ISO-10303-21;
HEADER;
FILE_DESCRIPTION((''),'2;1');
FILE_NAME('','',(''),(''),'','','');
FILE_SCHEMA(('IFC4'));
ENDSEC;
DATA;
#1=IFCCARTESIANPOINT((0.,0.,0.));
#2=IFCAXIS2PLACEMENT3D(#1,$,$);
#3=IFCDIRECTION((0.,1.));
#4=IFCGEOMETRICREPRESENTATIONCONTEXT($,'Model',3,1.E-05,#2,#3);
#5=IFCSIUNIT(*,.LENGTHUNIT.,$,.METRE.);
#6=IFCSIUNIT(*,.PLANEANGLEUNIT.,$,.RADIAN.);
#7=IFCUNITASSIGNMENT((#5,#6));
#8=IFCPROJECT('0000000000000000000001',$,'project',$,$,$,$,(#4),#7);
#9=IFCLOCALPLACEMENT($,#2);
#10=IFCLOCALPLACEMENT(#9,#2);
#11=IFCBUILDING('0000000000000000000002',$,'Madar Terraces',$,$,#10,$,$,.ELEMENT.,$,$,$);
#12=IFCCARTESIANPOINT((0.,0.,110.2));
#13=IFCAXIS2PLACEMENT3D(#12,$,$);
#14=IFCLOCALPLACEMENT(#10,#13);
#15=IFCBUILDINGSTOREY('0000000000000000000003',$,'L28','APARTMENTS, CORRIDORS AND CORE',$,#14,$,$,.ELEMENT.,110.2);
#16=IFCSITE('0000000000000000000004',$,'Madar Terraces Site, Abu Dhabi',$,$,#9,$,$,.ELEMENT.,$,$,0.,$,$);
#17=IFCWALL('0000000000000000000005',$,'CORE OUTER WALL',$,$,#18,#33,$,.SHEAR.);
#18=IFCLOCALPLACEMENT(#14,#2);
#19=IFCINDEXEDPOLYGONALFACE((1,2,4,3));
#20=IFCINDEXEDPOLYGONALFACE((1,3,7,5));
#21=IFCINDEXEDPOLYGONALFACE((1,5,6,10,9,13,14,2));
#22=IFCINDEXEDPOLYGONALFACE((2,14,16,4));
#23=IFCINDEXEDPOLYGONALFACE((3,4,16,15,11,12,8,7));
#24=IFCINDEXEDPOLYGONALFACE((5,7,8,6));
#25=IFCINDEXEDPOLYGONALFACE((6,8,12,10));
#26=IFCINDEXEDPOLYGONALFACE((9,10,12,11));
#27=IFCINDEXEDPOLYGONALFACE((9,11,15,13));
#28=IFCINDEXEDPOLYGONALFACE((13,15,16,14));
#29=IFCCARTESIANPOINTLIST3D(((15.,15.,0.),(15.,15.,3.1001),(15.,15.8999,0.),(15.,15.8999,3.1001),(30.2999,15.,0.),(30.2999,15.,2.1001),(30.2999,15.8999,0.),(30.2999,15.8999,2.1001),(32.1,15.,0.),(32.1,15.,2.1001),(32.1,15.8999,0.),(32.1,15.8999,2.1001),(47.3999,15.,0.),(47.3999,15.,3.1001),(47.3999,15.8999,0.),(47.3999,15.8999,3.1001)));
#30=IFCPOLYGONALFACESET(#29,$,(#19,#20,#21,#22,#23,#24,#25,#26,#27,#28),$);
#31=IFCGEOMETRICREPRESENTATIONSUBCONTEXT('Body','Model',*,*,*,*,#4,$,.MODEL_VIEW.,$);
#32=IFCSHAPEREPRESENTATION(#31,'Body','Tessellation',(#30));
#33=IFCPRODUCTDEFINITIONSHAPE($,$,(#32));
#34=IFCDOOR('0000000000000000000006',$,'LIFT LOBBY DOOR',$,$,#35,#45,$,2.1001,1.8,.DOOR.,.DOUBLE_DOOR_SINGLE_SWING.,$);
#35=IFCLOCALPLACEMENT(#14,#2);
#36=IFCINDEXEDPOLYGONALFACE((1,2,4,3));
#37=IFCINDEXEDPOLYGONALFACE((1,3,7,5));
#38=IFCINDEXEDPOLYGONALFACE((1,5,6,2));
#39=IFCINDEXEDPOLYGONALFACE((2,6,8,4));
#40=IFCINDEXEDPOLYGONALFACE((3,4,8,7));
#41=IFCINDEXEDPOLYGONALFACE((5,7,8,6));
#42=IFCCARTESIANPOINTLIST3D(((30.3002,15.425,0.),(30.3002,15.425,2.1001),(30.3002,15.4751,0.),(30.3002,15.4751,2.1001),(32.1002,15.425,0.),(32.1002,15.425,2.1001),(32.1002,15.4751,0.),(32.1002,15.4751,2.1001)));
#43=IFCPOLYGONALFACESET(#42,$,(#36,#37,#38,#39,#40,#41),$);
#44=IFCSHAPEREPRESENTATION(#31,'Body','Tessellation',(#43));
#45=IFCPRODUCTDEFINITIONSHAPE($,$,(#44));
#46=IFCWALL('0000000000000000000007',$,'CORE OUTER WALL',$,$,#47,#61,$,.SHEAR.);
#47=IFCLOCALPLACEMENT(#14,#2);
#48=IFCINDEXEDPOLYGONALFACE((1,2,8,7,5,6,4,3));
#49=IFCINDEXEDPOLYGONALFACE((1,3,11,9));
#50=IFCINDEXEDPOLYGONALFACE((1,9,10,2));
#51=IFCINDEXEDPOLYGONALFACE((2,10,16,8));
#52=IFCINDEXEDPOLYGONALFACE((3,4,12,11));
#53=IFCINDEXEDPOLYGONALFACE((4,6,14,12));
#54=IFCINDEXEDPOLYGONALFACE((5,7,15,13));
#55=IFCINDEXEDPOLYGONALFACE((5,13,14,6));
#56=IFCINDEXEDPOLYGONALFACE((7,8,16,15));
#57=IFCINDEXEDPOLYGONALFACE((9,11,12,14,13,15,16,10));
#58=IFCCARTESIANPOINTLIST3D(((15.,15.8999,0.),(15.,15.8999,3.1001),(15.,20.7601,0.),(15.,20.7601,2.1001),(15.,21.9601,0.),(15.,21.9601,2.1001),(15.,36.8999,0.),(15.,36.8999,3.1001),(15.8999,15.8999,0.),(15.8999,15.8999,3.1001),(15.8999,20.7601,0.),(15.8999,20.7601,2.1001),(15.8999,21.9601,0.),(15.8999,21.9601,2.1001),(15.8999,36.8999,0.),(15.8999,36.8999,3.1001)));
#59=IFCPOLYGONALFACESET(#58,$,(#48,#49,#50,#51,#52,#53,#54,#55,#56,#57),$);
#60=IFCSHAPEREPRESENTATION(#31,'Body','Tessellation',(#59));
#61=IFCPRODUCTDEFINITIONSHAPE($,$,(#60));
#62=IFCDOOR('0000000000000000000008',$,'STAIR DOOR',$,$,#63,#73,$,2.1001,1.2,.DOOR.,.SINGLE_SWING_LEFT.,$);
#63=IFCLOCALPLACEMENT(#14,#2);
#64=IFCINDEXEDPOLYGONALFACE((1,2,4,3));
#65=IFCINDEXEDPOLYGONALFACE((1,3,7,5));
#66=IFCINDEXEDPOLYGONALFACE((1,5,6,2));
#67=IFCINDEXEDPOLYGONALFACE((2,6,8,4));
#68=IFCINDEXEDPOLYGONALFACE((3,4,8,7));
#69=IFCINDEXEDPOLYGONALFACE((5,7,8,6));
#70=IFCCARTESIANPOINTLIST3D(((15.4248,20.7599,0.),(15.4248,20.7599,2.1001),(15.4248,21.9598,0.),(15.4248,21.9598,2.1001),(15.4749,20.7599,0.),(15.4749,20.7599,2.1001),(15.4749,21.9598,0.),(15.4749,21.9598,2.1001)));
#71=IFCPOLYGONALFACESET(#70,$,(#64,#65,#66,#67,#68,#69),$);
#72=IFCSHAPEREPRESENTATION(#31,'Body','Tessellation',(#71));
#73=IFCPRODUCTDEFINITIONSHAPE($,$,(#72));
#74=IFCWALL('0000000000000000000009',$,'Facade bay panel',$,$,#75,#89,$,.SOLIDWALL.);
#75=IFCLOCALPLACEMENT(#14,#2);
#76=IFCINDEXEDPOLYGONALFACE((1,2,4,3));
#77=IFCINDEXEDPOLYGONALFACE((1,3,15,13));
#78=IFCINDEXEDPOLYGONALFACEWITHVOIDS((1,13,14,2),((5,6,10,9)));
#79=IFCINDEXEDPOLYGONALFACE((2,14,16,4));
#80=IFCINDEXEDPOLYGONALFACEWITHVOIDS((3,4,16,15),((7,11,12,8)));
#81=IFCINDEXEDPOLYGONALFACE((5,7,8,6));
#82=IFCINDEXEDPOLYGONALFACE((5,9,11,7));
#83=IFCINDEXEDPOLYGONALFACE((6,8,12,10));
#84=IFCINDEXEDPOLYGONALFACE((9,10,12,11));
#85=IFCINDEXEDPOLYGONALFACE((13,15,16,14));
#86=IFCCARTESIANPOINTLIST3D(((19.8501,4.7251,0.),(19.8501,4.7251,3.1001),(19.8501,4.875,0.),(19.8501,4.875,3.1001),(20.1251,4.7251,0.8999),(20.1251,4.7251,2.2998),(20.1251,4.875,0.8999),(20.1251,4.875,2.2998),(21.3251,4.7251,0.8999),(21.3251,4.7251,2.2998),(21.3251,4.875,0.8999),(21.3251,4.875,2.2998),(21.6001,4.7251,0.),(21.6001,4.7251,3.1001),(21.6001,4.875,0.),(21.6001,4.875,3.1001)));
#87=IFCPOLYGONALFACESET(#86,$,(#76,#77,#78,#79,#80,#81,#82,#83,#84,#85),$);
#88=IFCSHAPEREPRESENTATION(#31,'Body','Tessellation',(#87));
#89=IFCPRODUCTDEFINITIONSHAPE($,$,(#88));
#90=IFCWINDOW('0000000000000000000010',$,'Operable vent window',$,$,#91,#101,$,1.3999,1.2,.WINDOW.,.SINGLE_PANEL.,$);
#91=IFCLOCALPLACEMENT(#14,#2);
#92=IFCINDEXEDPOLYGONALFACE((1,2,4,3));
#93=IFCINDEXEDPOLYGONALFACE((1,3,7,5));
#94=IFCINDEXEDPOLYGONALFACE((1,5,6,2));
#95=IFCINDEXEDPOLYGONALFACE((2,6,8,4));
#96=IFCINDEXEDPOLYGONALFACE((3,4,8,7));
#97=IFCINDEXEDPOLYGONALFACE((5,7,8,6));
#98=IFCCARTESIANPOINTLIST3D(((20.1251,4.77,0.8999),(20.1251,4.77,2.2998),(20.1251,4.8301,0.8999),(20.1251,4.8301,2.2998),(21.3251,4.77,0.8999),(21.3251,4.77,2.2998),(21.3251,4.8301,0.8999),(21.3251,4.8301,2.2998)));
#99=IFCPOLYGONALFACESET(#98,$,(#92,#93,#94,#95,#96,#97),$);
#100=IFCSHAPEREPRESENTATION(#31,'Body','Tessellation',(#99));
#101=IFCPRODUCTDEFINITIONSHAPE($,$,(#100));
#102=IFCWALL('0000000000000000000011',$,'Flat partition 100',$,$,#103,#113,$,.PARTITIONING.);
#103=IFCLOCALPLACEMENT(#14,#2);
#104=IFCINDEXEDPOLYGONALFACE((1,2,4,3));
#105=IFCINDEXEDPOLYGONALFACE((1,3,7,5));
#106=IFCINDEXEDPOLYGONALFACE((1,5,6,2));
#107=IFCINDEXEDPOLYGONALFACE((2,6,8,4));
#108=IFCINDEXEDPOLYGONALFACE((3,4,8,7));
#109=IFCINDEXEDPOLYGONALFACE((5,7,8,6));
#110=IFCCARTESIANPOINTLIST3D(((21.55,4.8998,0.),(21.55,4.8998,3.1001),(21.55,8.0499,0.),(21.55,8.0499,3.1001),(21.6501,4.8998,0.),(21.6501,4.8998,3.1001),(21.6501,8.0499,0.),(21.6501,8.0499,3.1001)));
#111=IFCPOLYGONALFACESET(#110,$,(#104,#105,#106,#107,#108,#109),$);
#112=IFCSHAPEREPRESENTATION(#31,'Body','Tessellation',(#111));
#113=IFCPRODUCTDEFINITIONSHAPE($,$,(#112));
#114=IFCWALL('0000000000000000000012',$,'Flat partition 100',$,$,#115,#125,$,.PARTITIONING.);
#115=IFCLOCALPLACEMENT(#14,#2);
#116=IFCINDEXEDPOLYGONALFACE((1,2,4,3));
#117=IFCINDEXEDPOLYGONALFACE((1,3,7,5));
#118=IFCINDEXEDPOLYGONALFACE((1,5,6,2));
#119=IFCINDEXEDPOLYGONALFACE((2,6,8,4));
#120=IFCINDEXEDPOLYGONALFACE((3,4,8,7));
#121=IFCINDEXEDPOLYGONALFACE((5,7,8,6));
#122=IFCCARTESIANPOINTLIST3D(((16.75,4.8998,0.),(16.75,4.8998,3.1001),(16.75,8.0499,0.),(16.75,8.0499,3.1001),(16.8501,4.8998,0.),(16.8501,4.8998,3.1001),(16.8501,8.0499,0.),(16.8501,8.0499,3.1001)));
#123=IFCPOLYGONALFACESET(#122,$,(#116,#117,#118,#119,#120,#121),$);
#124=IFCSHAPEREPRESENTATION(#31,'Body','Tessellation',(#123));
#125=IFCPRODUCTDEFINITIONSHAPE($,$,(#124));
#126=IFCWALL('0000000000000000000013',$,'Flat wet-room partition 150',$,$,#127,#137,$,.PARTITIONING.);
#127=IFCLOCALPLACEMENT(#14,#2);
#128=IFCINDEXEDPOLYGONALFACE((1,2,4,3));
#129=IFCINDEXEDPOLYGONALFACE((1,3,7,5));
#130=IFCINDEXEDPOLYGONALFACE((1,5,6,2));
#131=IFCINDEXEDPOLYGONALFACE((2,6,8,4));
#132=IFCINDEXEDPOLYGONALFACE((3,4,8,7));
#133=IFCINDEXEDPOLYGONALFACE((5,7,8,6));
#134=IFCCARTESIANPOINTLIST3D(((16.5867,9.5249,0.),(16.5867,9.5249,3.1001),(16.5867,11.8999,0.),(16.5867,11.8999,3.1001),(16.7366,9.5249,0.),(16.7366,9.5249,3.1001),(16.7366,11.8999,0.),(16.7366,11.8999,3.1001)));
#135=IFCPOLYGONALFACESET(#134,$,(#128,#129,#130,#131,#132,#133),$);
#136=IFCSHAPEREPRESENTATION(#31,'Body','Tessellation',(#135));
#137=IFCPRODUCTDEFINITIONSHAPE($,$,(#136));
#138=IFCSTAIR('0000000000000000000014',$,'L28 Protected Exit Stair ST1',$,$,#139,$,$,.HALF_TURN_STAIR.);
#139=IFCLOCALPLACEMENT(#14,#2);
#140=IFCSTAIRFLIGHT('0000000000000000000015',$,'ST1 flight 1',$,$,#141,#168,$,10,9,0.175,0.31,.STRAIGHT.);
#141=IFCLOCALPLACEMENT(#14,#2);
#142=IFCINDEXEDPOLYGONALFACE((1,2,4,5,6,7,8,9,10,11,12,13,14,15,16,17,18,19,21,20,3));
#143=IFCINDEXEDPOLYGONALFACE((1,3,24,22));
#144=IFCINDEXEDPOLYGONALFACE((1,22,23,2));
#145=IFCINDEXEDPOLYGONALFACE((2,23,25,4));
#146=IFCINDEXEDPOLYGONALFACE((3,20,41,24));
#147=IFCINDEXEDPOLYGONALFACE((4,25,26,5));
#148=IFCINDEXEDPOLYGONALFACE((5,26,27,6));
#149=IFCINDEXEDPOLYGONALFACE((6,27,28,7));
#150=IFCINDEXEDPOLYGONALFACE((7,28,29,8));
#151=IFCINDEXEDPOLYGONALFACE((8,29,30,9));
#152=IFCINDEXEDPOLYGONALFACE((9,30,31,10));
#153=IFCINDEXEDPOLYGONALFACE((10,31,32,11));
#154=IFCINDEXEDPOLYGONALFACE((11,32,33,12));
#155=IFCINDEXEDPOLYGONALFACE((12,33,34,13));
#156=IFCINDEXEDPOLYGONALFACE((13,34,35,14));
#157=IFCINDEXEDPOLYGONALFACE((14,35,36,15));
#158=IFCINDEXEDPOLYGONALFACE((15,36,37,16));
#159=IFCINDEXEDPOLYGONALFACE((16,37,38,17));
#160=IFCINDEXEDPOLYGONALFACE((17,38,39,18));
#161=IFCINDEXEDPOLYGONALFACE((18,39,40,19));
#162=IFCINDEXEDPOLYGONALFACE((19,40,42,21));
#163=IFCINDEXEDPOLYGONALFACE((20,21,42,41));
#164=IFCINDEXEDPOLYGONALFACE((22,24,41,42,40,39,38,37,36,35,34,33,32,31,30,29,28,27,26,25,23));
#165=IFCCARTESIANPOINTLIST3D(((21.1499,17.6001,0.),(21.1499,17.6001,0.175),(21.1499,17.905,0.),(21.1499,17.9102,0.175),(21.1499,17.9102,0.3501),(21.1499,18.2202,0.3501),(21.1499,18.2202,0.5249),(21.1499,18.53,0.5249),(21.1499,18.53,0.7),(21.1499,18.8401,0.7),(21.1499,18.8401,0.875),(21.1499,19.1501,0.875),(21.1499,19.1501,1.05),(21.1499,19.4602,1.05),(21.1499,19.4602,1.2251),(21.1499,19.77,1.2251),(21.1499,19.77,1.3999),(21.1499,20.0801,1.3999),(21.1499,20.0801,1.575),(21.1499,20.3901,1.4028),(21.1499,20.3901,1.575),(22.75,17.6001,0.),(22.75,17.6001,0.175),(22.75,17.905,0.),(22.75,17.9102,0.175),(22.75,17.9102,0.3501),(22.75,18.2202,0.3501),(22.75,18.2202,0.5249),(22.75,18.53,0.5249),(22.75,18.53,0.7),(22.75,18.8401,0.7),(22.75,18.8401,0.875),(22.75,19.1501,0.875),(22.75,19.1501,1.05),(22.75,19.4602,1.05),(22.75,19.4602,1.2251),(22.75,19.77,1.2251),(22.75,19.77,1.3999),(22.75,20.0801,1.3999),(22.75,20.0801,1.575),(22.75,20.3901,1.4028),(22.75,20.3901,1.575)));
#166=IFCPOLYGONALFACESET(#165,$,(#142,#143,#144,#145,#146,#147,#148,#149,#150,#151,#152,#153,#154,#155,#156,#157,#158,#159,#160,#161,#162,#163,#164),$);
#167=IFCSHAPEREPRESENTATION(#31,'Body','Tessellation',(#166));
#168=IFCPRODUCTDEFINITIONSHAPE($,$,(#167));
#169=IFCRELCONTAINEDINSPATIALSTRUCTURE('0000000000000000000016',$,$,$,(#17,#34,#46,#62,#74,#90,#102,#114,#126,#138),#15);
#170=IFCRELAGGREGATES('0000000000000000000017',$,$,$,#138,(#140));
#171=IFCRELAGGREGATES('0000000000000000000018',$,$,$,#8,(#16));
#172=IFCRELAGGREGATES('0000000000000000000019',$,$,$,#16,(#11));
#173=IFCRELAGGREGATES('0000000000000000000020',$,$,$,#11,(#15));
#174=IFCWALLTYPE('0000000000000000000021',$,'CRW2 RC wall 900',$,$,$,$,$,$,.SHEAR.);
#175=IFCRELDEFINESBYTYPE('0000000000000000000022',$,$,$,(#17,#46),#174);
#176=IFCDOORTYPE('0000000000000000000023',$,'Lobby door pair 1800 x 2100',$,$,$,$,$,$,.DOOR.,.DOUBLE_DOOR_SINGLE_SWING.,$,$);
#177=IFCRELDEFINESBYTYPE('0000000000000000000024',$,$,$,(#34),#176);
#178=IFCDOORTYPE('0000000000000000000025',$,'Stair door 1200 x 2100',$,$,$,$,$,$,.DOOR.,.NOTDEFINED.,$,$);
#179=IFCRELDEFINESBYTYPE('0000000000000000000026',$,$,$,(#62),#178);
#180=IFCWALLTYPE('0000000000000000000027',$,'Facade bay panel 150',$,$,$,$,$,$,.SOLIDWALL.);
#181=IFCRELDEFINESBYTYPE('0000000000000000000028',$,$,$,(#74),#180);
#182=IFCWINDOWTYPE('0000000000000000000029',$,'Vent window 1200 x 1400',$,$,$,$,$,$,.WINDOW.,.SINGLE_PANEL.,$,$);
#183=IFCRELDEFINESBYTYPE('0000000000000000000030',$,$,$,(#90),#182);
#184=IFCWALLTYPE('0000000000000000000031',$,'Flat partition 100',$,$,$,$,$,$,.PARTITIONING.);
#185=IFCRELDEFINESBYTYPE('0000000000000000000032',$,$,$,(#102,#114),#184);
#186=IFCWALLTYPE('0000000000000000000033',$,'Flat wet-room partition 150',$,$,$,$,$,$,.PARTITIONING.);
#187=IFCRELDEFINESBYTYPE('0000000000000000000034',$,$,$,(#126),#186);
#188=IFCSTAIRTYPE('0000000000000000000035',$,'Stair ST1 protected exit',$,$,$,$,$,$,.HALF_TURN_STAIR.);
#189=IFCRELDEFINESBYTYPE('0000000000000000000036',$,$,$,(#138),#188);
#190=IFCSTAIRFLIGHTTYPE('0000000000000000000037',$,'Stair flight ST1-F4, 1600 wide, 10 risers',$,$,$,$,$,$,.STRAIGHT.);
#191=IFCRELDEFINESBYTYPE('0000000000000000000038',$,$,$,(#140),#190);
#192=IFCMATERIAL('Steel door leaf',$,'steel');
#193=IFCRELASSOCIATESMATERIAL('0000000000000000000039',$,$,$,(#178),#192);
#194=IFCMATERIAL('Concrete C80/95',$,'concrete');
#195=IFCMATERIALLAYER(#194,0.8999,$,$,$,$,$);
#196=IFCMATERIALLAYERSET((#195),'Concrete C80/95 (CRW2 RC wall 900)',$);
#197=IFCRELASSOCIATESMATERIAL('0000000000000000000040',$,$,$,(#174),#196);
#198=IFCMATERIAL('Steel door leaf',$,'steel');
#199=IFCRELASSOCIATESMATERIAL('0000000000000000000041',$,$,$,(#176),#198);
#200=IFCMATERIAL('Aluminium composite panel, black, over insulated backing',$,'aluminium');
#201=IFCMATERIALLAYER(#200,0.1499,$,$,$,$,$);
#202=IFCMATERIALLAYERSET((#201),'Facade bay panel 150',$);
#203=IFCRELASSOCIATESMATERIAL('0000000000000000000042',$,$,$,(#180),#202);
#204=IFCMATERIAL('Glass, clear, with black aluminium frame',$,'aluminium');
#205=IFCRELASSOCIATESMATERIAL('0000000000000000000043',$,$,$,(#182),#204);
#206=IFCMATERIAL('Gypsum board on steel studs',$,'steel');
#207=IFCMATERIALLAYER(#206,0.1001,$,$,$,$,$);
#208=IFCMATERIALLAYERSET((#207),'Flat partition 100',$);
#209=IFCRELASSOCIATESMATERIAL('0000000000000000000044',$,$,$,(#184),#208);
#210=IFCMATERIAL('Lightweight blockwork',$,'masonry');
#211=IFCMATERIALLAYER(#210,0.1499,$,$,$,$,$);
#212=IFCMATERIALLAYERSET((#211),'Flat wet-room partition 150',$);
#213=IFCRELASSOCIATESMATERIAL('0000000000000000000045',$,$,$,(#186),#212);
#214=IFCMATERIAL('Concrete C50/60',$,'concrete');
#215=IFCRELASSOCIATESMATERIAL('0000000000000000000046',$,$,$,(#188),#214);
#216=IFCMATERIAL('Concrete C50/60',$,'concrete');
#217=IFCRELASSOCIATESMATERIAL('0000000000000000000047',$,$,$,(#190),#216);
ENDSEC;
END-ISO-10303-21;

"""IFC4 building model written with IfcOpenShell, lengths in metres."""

from ifc_helpers import new_model, si_unit, direction, frame, frame_2d, origin, place, context, subcontext, project, spatial, polyline, rectangle, outline, extrude, material, layer, layer_set, type_object, element, fill, aggregate, save


model = new_model("IFC4")

# Units and contexts
model_context = context("Model", 3, precision=1e-05, world=origin(), true_north=direction((0.0, 1.0)))
body_context = subcontext(model_context, "Body", "Model", "MODEL_VIEW")
ifc_project = project(units=[si_unit("LENGTHUNIT", "METRE"), si_unit("PLANEANGLEUNIT", "RADIAN")], contexts=[model_context])

# Site, building, storey
site_placement = place(None, origin())
site = spatial("IfcSite", under=ifc_project, at=site_placement, Name="Madar Terraces Site, Abu Dhabi", CompositionType="ELEMENT", RefElevation=0.0)
building_placement = place(site_placement, origin())
building = spatial("IfcBuilding", under=site, at=building_placement, Name="Madar Terraces", CompositionType="ELEMENT")
storey_placement = place(building_placement, frame((0.0, 0.0, 110.2)))
storey = spatial("IfcBuildingStorey", under=building, at=storey_placement, Name="L28", Description="APARTMENTS, CORRIDORS AND CORE", CompositionType="ELEMENT", Elevation=110.2)

# Shared definitions
ifc_material_1 = material(Name="Steel door leaf", Category="steel")
door_type_1 = type_object("IfcDoorType", Name="Stair door 1200 x 2100", OperationType="NOTDEFINED", PredefinedType="DOOR", material=ifc_material_1)

# Walls, openings, doors
ifc_material_2 = material(Name="Concrete C80/95", Category="concrete")
ifc_layer_1 = layer(ifc_material_2, 0.8999)
ifc_layer_set_1 = layer_set([ifc_layer_1], Name="Concrete C80/95 (CRW2 RC wall 900)")
wall_type_1 = type_object("IfcWallType", Name="CRW2 RC wall 900", PredefinedType="SHEAR", material=ifc_layer_set_1)
wall_1_placement = place(storey_placement, frame((15.0, 15.45, 0.0), z_axis=(0.0, 0.0, 1.0), x_axis=(1.0, 0.0, 0.0)))
wall_1 = element("IfcWall", 1, at=wall_1_placement, inside=storey, type_object=wall_type_1, Name="CORE OUTER WALL", PredefinedType="SHEAR", context=body_context, shape_type="SweptSolid", body=[
    extrude(rectangle(XDim=32.3999, YDim=0.8999, at=frame_2d((16.2, 0.0))), origin(), (0.0, 0.0, 1.0), 3.1001),
])
opening_1_placement = place(wall_1_placement, frame((15.3, 0.0, 0.0)))
opening_1 = element("IfcOpeningElement", 2, at=opening_1_placement, cuts=wall_1, PredefinedType="OPENING", context=body_context, shape_type="SweptSolid", body=[
    extrude(rectangle(XDim=1.8, YDim=2.1001, at=frame_2d((0.8999, 1.05))), frame((0.0, 0.46, 0.0), z_axis=(0.0, -1.0, 0.0), x_axis=(1.0, 0.0, 0.0)), (0.0, 0.0, 1.0), 0.9199),
])
ifc_material_3 = material(Name="Steel door leaf", Category="steel")
door_type_2 = type_object("IfcDoorType", Name="Lobby door pair 1800 x 2100", OperationType="DOUBLE_DOOR_SINGLE_SWING", PredefinedType="DOOR", material=ifc_material_3)
door_1_placement = place(opening_1_placement, frame((1.8, 0.0, 0.0), z_axis=(0.0, 0.0, 1.0), x_axis=(-1.0, 0.0, 0.0)))
door_1 = element("IfcDoor", 3, at=door_1_placement, inside=storey, type_object=door_type_2, Name="LIFT LOBBY DOOR", OperationType="DOUBLE_DOOR_SINGLE_SWING", OverallHeight=2.1001, OverallWidth=1.8, PredefinedType="DOOR", context=body_context, shape_type="SweptSolid", body=[
    extrude(rectangle(XDim=1.8, YDim=2.1001, at=frame_2d((0.8999, 1.05))), frame((0.0, 0.0249, 0.0), z_axis=(0.0, -1.0, 0.0), x_axis=(1.0, 0.0, 0.0)), (0.0, 0.0, 1.0), 0.05),
])
fill(opening_1, door_1)
wall_2_placement = place(storey_placement, frame((15.45, 15.8999, 0.0), z_axis=(0.0, 0.0, 1.0), x_axis=(0.0, 1.0, 0.0)))
wall_2 = element("IfcWall", 4, at=wall_2_placement, inside=storey, type_object=wall_type_1, Name="CORE OUTER WALL", PredefinedType="SHEAR", context=body_context, shape_type="SweptSolid", body=[
    extrude(rectangle(XDim=21.0, YDim=0.8999, at=frame_2d((10.5, 0.0))), origin(), (0.0, 0.0, 1.0), 3.1001),
])
opening_2_placement = place(wall_2_placement, frame((4.8601, 0.0, 0.0)))
opening_2 = element("IfcOpeningElement", 5, at=opening_2_placement, cuts=wall_2, PredefinedType="OPENING", context=body_context, shape_type="SweptSolid", body=[
    extrude(rectangle(XDim=1.2, YDim=2.1001, at=frame_2d((0.6001, 1.05))), frame((0.0, 0.46, 0.0), z_axis=(0.0, -1.0, 0.0), x_axis=(1.0, 0.0, 0.0)), (0.0, 0.0, 1.0), 0.9199),
])
door_2_placement = place(opening_2_placement, frame((1.2, 0.0, 0.0), z_axis=(0.0, 0.0, 1.0), x_axis=(-1.0, 0.0, 0.0)))
door_2 = element("IfcDoor", 6, at=door_2_placement, inside=storey, type_object=door_type_1, Name="STAIR DOOR", OperationType="SINGLE_SWING_LEFT", OverallHeight=2.1001, OverallWidth=1.2, PredefinedType="DOOR", context=body_context, shape_type="SweptSolid", body=[
    extrude(rectangle(XDim=1.2, YDim=2.1001, at=frame_2d((0.6001, 1.05))), frame((0.0, 0.0249, 0.0), z_axis=(0.0, -1.0, 0.0), x_axis=(1.0, 0.0, 0.0)), (0.0, 0.0, 1.0), 0.05),
])
fill(opening_2, door_2)

# Wall, opening, window
ifc_material_4 = material(Name="Aluminium composite panel, black, over insulated backing", Category="aluminium")
ifc_layer_2 = layer(ifc_material_4, 0.1499)
ifc_layer_set_2 = layer_set([ifc_layer_2], Name="Facade bay panel 150")
wall_type_2 = type_object("IfcWallType", Name="Facade bay panel 150", PredefinedType="SOLIDWALL", material=ifc_layer_set_2)
wall_3_placement = place(storey_placement, frame((19.8501, 4.8, 0.0), z_axis=(0.0, 0.0, 1.0), x_axis=(1.0, 0.0, 0.0)))
wall_3 = element("IfcWall", 7, at=wall_3_placement, inside=storey, type_object=wall_type_2, Name="Facade bay panel", PredefinedType="SOLIDWALL", context=body_context, shape_type="SweptSolid", body=[
    extrude(rectangle(XDim=1.75, YDim=0.1499, at=frame_2d((0.875, 0.0))), origin(), (0.0, 0.0, 1.0), 3.1001),
])
opening_3_placement = place(wall_3_placement, frame((0.2749, 0.0, 0.8999)))
opening_3 = element("IfcOpeningElement", 8, at=opening_3_placement, cuts=wall_3, PredefinedType="OPENING", context=body_context, shape_type="SweptSolid", body=[
    extrude(rectangle(XDim=1.2, YDim=1.3999, at=frame_2d((0.6001, 0.7))), frame((0.0, 0.085, 0.0), z_axis=(0.0, -1.0, 0.0), x_axis=(1.0, 0.0, 0.0)), (0.0, 0.0, 1.0), 0.1699),
])
ifc_material_5 = material(Name="Glass, clear, with black aluminium frame", Category="aluminium")
window_type = type_object("IfcWindowType", Name="Vent window 1200 x 1400", PartitioningType="SINGLE_PANEL", PredefinedType="WINDOW", material=ifc_material_5)
window_placement = place(opening_3_placement, origin())
window = element("IfcWindow", 9, at=window_placement, inside=storey, type_object=window_type, Name="Operable vent window", OverallHeight=1.3999, OverallWidth=1.2, PartitioningType="SINGLE_PANEL", PredefinedType="WINDOW", context=body_context, shape_type="SweptSolid", body=[
    extrude(rectangle(XDim=1.2, YDim=1.3999, at=frame_2d((0.6001, 0.7))), frame((0.0, 0.03, 0.0), z_axis=(0.0, -1.0, 0.0), x_axis=(1.0, 0.0, 0.0)), (0.0, 0.0, 1.0), 0.0601),
])
fill(opening_3, window)

# Walls
ifc_material_6 = material(Name="Gypsum board on steel studs", Category="steel")
ifc_layer_3 = layer(ifc_material_6, 0.1001)
ifc_layer_set_3 = layer_set([ifc_layer_3], Name="Flat partition 100")
wall_type_3 = type_object("IfcWallType", Name="Flat partition 100", PredefinedType="PARTITIONING", material=ifc_layer_set_3)
for number, where, z_axis, x_axis, name in (
    (10, (21.6001, 8.05, 0.0), (0.0, 0.0, 1.0), (0.0, -1.0, 0.0), "Flat partition 100"),
    (11, (16.8, 8.05, 0.0), (0.0, 0.0, 1.0), (0.0, -1.0, 0.0), "Flat partition 100"),
):
    element("IfcWall", number, at=place(storey_placement, frame(where, z_axis=z_axis, x_axis=x_axis)), inside=storey, type_object=wall_type_3, Name=name, PredefinedType="PARTITIONING", context=body_context, shape_type="SweptSolid", body=[
        extrude(rectangle(XDim=3.1501, YDim=0.1001, at=frame_2d((1.5752, 0.0))), origin(), (0.0, 0.0, 1.0), 3.1001),
    ])
ifc_material_7 = material(Name="Lightweight blockwork", Category="masonry")
ifc_layer_4 = layer(ifc_material_7, 0.1499)
ifc_layer_set_4 = layer_set([ifc_layer_4], Name="Flat wet-room partition 150")
wall_type_4 = type_object("IfcWallType", Name="Flat wet-room partition 150", PredefinedType="PARTITIONING", material=ifc_layer_set_4)
wall_4_placement = place(storey_placement, frame((16.6616, 11.8999, 0.0), z_axis=(0.0, 0.0, 1.0), x_axis=(0.0, -1.0, 0.0)))
element("IfcWall", 12, at=wall_4_placement, inside=storey, type_object=wall_type_4, Name="Flat wet-room partition 150", PredefinedType="PARTITIONING", context=body_context, shape_type="SweptSolid", body=[
    extrude(rectangle(XDim=2.375, YDim=0.1499, at=frame_2d((1.1875, 0.0))), origin(), (0.0, 0.0, 1.0), 3.1001),
])

# Stair, stair flight
ifc_material_8 = material(Name="Concrete C50/60", Category="concrete")
stair_type = type_object("IfcStairType", Name="Stair ST1 protected exit", PredefinedType="HALF_TURN_STAIR", material=ifc_material_8)
stair_placement = place(storey_placement, origin())
stair = element("IfcStair", 13, at=stair_placement, inside=storey, type_object=stair_type, Name="L28 Protected Exit Stair ST1", PredefinedType="HALF_TURN_STAIR")
ifc_material_9 = material(Name="Concrete C50/60", Category="concrete")
stair_flight_type = type_object("IfcStairFlightType", Name="Stair flight ST1-F4, 1600 wide, 10 risers", PredefinedType="STRAIGHT", material=ifc_material_9)
stair_flight_1_placement = place(storey_placement, frame((21.95, 17.6001, 0.0), z_axis=(0.0, 0.0, 1.0), x_axis=(0.0, 1.0, 0.0)))
stair_flight_1 = element("IfcStairFlight", 14, at=stair_flight_1_placement, type_object=stair_flight_type, Name="ST1 flight 1", NumberOfRisers=10, NumberOfTreads=9, PredefinedType="STRAIGHT", RiserHeight=0.175, TreadLength=0.31, context=body_context, shape_type="SweptSolid", body=[
    extrude(outline(polyline([(0.0, 0.0), (0.0, 0.175), (0.3101, 0.175), (0.3101, 0.3501), (0.6201, 0.3501), (0.6201, 0.5249), (0.9299, 0.5249), (0.9299, 0.7), (1.24, 0.7), (1.24, 0.875), (1.55, 0.875), (1.55, 1.05), (1.8601, 1.05), (1.8601, 1.2251), (2.1699, 1.2251), (2.1699, 1.3999), (2.48, 1.3999), (2.48, 1.575), (2.79, 1.575), (2.79, 1.75), (2.79, 1.4028), (0.3049, 0.0), (0.0, 0.0)])), frame((0.0, 0.8, 0.0), z_axis=(0.0, -1.0, 0.0), x_axis=(1.0, 0.0, 0.0)), (0.0, 0.0, 1.0), 1.6001),
])
aggregate(stair, [stair_flight_1])

save(model, "model.ifc")
